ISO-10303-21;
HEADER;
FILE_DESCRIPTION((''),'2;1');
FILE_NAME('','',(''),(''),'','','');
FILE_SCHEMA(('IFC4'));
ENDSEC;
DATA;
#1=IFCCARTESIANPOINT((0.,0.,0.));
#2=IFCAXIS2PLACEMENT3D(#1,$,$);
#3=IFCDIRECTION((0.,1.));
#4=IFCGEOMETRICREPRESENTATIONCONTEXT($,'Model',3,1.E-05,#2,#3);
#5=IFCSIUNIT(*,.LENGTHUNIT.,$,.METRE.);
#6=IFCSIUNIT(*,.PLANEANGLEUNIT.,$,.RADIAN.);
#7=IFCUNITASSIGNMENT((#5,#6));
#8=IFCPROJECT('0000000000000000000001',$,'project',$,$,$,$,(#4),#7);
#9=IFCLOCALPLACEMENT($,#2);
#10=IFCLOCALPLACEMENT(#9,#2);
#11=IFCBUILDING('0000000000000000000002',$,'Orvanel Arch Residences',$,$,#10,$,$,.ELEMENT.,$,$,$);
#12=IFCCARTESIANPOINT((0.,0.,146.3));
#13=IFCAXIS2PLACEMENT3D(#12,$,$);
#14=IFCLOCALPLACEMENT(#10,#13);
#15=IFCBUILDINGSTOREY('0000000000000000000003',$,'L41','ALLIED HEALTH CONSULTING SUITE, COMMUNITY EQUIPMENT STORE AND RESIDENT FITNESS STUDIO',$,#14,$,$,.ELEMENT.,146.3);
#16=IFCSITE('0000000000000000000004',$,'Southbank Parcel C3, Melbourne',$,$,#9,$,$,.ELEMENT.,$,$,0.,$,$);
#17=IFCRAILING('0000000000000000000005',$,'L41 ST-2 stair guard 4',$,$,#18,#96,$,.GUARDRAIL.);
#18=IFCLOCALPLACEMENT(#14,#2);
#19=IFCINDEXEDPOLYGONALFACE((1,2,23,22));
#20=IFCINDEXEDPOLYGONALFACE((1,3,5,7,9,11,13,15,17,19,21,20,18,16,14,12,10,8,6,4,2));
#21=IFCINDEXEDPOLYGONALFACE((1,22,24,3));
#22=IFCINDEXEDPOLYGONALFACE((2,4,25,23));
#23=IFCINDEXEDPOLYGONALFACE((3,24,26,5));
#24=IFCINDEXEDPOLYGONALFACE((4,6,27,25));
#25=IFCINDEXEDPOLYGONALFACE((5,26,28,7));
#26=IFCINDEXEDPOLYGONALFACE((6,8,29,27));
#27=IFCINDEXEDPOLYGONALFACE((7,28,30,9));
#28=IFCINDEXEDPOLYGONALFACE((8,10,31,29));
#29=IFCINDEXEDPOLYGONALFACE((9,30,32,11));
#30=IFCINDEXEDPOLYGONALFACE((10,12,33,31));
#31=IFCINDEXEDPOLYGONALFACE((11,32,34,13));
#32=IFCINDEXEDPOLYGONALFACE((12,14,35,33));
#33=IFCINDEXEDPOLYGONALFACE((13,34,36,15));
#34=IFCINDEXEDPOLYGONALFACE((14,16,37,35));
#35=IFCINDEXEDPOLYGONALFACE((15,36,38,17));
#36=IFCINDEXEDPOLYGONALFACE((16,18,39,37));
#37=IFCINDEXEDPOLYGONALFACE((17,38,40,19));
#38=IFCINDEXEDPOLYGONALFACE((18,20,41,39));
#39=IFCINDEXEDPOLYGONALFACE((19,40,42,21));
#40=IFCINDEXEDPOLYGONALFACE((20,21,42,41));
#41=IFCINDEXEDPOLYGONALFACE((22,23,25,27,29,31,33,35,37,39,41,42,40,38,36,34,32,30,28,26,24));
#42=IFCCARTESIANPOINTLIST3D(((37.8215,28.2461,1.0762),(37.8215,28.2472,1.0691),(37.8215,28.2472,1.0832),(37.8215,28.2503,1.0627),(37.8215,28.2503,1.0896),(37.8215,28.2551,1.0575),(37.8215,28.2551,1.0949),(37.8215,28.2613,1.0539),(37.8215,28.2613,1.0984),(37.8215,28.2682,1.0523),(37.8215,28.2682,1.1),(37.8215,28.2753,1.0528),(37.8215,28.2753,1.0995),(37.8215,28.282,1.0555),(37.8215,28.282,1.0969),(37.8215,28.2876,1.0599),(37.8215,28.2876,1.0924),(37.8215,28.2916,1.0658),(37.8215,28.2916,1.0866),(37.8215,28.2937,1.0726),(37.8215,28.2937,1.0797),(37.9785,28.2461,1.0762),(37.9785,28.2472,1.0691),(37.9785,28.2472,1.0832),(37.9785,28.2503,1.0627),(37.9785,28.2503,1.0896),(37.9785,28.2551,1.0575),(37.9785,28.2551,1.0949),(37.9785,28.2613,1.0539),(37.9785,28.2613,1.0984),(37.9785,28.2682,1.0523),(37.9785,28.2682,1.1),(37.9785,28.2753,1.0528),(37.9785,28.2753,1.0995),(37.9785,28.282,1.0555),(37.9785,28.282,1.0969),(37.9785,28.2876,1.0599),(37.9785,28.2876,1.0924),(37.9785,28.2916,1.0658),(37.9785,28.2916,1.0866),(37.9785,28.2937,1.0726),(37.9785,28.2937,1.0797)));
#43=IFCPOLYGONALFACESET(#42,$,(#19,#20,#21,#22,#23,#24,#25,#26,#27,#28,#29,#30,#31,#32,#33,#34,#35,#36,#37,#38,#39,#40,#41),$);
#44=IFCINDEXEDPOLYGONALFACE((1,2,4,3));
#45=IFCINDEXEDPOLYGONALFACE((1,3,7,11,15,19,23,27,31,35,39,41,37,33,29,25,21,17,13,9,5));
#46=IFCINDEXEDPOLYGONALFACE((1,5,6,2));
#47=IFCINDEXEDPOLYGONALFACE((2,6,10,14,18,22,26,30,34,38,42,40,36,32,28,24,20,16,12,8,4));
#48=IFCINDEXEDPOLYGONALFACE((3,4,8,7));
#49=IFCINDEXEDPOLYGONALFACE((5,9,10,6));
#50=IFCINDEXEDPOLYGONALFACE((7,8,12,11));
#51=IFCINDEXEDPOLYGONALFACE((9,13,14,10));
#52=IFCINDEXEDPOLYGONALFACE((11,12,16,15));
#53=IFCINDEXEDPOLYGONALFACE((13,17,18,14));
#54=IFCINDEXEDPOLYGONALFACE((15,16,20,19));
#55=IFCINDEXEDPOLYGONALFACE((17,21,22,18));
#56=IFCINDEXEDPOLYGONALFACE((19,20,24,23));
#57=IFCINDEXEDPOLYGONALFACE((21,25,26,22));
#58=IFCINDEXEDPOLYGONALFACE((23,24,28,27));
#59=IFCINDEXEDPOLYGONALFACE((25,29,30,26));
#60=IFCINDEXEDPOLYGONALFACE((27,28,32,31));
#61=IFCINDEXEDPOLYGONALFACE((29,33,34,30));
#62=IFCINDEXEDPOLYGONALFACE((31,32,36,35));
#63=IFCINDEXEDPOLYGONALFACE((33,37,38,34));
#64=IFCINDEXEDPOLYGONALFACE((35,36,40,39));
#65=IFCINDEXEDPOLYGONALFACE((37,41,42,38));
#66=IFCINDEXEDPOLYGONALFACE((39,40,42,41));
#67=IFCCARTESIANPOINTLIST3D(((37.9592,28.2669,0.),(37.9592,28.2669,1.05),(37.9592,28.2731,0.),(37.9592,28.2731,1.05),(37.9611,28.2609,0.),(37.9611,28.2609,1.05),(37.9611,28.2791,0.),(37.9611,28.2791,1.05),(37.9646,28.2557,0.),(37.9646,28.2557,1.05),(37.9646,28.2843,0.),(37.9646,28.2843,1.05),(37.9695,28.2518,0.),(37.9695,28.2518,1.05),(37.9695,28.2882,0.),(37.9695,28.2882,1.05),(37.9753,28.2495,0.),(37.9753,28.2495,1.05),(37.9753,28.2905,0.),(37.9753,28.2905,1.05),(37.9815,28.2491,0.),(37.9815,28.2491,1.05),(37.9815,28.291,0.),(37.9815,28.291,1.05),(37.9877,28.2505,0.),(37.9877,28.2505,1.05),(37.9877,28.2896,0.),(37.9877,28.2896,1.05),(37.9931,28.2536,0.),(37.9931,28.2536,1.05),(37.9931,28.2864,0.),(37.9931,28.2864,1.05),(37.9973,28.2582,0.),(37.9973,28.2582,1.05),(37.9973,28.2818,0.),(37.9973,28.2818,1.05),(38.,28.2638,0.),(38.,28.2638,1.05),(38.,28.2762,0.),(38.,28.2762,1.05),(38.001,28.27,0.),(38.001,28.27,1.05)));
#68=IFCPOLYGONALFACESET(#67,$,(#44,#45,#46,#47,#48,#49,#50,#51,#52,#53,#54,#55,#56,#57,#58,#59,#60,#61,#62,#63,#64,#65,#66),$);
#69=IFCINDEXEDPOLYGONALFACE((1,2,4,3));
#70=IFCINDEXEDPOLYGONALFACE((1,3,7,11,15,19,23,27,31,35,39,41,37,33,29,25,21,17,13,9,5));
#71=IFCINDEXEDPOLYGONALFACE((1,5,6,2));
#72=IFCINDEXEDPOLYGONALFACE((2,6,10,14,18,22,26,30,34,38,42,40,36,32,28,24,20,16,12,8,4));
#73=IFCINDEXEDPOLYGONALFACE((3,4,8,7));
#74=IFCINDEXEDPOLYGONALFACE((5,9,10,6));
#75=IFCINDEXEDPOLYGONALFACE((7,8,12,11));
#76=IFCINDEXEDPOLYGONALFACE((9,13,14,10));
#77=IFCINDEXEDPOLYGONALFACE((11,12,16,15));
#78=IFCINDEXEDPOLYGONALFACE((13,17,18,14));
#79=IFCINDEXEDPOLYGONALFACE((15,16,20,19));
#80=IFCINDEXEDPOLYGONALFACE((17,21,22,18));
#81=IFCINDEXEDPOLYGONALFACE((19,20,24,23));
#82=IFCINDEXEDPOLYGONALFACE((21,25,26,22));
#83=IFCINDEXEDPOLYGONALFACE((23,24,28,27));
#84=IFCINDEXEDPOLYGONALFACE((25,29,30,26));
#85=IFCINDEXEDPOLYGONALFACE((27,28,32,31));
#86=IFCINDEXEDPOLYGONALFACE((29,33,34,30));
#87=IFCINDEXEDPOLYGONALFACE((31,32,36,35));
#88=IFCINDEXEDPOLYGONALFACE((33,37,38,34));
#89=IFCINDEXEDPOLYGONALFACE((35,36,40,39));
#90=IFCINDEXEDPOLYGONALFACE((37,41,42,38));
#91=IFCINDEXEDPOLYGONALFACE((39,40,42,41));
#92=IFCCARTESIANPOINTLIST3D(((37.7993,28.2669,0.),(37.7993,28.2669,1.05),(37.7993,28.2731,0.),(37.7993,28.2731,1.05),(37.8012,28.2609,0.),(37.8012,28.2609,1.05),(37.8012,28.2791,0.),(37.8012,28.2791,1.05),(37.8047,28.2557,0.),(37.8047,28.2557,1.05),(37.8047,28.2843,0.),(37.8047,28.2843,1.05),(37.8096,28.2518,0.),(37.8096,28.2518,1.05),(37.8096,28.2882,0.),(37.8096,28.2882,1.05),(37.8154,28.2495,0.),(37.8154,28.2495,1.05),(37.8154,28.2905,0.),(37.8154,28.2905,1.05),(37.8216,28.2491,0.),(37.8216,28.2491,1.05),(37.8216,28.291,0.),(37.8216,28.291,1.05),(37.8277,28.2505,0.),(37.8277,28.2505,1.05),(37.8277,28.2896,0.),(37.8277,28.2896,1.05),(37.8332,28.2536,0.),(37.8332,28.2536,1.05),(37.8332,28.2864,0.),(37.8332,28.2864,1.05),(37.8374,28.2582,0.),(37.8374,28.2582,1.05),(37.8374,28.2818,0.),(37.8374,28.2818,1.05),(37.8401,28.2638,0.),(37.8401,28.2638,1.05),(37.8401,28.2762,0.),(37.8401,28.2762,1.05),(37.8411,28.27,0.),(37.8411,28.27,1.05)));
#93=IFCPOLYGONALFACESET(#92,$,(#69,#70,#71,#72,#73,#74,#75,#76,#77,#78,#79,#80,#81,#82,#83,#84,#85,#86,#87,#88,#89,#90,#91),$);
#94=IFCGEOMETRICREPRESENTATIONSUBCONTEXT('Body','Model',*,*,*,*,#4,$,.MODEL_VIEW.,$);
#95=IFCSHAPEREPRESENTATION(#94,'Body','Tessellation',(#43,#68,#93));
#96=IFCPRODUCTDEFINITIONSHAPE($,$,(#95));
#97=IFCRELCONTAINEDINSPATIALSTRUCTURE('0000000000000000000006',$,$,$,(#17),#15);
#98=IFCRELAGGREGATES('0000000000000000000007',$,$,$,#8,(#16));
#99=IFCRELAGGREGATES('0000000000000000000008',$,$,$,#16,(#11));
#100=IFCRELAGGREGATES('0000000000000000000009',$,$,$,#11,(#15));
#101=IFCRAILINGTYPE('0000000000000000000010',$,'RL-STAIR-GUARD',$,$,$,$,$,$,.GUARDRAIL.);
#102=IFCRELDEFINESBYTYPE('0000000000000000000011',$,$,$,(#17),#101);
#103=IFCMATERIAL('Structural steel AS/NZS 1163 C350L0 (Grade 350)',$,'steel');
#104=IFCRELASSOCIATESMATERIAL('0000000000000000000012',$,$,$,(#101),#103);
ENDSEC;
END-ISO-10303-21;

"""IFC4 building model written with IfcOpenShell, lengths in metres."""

from ifc_helpers import new_model, si_unit, direction, frame, origin, origin_2d, place, context, subcontext, project, spatial, circle, extrude, material, type_object, element, save


model = new_model("IFC4")

# Units and contexts
model_context = context("Model", 3, precision=1e-05, world=origin(), true_north=direction((0.0, 1.0)))
body_context = subcontext(model_context, "Body", "Model", "MODEL_VIEW")
ifc_project = project(units=[si_unit("LENGTHUNIT", "METRE"), si_unit("PLANEANGLEUNIT", "RADIAN")], contexts=[model_context])

# Site, building, storey
site_placement = place(None, origin())
site = spatial("IfcSite", under=ifc_project, at=site_placement, Name="Southbank Parcel C3, Melbourne", CompositionType="ELEMENT", RefElevation=0.0)
building_placement = place(site_placement, origin())
building = spatial("IfcBuilding", under=site, at=building_placement, Name="Orvanel Arch Residences", CompositionType="ELEMENT")
storey_placement = place(building_placement, frame((0.0, 0.0, 146.3)))
storey = spatial("IfcBuildingStorey", under=building, at=storey_placement, Name="L41", Description="ALLIED HEALTH CONSULTING SUITE, COMMUNITY EQUIPMENT STORE AND RESIDENT FITNESS STUDIO", CompositionType="ELEMENT", Elevation=146.3)

# Railing
ifc_material_1 = material(Name="Structural steel AS/NZS 1163 C350L0 (Grade 350)", Category="steel")
railing_type_1 = type_object("IfcRailingType", Name="RL-STAIR-GUARD", PredefinedType="GUARDRAIL", material=ifc_material_1)
railing_1_placement = place(storey_placement, frame((37.98, 28.27, 0.0)))
element("IfcRailing", 1, at=railing_1_placement, inside=storey, type_object=railing_type_1, Name="L41 ST-2 stair guard 4", PredefinedType="GUARDRAIL", context=body_context, shape_type="SweptSolid", body=[
    extrude(circle(Radius=0.0239, at=origin_2d()), frame((-0.0015, 0.0, 1.0762), z_axis=(-1.0, 0.0, 0.0), x_axis=(0.0, -1.0, 0.0)), (0.0, 0.0, 1.0), 0.157),
    extrude(circle(Radius=0.021, at=origin_2d()), origin(), (0.0, 0.0, 1.0), 1.05),
    extrude(circle(Radius=0.021, at=origin_2d()), frame((-0.1599, 0.0, 0.0)), (0.0, 0.0, 1.0), 1.05),
])

save(model, "model.ifc")
